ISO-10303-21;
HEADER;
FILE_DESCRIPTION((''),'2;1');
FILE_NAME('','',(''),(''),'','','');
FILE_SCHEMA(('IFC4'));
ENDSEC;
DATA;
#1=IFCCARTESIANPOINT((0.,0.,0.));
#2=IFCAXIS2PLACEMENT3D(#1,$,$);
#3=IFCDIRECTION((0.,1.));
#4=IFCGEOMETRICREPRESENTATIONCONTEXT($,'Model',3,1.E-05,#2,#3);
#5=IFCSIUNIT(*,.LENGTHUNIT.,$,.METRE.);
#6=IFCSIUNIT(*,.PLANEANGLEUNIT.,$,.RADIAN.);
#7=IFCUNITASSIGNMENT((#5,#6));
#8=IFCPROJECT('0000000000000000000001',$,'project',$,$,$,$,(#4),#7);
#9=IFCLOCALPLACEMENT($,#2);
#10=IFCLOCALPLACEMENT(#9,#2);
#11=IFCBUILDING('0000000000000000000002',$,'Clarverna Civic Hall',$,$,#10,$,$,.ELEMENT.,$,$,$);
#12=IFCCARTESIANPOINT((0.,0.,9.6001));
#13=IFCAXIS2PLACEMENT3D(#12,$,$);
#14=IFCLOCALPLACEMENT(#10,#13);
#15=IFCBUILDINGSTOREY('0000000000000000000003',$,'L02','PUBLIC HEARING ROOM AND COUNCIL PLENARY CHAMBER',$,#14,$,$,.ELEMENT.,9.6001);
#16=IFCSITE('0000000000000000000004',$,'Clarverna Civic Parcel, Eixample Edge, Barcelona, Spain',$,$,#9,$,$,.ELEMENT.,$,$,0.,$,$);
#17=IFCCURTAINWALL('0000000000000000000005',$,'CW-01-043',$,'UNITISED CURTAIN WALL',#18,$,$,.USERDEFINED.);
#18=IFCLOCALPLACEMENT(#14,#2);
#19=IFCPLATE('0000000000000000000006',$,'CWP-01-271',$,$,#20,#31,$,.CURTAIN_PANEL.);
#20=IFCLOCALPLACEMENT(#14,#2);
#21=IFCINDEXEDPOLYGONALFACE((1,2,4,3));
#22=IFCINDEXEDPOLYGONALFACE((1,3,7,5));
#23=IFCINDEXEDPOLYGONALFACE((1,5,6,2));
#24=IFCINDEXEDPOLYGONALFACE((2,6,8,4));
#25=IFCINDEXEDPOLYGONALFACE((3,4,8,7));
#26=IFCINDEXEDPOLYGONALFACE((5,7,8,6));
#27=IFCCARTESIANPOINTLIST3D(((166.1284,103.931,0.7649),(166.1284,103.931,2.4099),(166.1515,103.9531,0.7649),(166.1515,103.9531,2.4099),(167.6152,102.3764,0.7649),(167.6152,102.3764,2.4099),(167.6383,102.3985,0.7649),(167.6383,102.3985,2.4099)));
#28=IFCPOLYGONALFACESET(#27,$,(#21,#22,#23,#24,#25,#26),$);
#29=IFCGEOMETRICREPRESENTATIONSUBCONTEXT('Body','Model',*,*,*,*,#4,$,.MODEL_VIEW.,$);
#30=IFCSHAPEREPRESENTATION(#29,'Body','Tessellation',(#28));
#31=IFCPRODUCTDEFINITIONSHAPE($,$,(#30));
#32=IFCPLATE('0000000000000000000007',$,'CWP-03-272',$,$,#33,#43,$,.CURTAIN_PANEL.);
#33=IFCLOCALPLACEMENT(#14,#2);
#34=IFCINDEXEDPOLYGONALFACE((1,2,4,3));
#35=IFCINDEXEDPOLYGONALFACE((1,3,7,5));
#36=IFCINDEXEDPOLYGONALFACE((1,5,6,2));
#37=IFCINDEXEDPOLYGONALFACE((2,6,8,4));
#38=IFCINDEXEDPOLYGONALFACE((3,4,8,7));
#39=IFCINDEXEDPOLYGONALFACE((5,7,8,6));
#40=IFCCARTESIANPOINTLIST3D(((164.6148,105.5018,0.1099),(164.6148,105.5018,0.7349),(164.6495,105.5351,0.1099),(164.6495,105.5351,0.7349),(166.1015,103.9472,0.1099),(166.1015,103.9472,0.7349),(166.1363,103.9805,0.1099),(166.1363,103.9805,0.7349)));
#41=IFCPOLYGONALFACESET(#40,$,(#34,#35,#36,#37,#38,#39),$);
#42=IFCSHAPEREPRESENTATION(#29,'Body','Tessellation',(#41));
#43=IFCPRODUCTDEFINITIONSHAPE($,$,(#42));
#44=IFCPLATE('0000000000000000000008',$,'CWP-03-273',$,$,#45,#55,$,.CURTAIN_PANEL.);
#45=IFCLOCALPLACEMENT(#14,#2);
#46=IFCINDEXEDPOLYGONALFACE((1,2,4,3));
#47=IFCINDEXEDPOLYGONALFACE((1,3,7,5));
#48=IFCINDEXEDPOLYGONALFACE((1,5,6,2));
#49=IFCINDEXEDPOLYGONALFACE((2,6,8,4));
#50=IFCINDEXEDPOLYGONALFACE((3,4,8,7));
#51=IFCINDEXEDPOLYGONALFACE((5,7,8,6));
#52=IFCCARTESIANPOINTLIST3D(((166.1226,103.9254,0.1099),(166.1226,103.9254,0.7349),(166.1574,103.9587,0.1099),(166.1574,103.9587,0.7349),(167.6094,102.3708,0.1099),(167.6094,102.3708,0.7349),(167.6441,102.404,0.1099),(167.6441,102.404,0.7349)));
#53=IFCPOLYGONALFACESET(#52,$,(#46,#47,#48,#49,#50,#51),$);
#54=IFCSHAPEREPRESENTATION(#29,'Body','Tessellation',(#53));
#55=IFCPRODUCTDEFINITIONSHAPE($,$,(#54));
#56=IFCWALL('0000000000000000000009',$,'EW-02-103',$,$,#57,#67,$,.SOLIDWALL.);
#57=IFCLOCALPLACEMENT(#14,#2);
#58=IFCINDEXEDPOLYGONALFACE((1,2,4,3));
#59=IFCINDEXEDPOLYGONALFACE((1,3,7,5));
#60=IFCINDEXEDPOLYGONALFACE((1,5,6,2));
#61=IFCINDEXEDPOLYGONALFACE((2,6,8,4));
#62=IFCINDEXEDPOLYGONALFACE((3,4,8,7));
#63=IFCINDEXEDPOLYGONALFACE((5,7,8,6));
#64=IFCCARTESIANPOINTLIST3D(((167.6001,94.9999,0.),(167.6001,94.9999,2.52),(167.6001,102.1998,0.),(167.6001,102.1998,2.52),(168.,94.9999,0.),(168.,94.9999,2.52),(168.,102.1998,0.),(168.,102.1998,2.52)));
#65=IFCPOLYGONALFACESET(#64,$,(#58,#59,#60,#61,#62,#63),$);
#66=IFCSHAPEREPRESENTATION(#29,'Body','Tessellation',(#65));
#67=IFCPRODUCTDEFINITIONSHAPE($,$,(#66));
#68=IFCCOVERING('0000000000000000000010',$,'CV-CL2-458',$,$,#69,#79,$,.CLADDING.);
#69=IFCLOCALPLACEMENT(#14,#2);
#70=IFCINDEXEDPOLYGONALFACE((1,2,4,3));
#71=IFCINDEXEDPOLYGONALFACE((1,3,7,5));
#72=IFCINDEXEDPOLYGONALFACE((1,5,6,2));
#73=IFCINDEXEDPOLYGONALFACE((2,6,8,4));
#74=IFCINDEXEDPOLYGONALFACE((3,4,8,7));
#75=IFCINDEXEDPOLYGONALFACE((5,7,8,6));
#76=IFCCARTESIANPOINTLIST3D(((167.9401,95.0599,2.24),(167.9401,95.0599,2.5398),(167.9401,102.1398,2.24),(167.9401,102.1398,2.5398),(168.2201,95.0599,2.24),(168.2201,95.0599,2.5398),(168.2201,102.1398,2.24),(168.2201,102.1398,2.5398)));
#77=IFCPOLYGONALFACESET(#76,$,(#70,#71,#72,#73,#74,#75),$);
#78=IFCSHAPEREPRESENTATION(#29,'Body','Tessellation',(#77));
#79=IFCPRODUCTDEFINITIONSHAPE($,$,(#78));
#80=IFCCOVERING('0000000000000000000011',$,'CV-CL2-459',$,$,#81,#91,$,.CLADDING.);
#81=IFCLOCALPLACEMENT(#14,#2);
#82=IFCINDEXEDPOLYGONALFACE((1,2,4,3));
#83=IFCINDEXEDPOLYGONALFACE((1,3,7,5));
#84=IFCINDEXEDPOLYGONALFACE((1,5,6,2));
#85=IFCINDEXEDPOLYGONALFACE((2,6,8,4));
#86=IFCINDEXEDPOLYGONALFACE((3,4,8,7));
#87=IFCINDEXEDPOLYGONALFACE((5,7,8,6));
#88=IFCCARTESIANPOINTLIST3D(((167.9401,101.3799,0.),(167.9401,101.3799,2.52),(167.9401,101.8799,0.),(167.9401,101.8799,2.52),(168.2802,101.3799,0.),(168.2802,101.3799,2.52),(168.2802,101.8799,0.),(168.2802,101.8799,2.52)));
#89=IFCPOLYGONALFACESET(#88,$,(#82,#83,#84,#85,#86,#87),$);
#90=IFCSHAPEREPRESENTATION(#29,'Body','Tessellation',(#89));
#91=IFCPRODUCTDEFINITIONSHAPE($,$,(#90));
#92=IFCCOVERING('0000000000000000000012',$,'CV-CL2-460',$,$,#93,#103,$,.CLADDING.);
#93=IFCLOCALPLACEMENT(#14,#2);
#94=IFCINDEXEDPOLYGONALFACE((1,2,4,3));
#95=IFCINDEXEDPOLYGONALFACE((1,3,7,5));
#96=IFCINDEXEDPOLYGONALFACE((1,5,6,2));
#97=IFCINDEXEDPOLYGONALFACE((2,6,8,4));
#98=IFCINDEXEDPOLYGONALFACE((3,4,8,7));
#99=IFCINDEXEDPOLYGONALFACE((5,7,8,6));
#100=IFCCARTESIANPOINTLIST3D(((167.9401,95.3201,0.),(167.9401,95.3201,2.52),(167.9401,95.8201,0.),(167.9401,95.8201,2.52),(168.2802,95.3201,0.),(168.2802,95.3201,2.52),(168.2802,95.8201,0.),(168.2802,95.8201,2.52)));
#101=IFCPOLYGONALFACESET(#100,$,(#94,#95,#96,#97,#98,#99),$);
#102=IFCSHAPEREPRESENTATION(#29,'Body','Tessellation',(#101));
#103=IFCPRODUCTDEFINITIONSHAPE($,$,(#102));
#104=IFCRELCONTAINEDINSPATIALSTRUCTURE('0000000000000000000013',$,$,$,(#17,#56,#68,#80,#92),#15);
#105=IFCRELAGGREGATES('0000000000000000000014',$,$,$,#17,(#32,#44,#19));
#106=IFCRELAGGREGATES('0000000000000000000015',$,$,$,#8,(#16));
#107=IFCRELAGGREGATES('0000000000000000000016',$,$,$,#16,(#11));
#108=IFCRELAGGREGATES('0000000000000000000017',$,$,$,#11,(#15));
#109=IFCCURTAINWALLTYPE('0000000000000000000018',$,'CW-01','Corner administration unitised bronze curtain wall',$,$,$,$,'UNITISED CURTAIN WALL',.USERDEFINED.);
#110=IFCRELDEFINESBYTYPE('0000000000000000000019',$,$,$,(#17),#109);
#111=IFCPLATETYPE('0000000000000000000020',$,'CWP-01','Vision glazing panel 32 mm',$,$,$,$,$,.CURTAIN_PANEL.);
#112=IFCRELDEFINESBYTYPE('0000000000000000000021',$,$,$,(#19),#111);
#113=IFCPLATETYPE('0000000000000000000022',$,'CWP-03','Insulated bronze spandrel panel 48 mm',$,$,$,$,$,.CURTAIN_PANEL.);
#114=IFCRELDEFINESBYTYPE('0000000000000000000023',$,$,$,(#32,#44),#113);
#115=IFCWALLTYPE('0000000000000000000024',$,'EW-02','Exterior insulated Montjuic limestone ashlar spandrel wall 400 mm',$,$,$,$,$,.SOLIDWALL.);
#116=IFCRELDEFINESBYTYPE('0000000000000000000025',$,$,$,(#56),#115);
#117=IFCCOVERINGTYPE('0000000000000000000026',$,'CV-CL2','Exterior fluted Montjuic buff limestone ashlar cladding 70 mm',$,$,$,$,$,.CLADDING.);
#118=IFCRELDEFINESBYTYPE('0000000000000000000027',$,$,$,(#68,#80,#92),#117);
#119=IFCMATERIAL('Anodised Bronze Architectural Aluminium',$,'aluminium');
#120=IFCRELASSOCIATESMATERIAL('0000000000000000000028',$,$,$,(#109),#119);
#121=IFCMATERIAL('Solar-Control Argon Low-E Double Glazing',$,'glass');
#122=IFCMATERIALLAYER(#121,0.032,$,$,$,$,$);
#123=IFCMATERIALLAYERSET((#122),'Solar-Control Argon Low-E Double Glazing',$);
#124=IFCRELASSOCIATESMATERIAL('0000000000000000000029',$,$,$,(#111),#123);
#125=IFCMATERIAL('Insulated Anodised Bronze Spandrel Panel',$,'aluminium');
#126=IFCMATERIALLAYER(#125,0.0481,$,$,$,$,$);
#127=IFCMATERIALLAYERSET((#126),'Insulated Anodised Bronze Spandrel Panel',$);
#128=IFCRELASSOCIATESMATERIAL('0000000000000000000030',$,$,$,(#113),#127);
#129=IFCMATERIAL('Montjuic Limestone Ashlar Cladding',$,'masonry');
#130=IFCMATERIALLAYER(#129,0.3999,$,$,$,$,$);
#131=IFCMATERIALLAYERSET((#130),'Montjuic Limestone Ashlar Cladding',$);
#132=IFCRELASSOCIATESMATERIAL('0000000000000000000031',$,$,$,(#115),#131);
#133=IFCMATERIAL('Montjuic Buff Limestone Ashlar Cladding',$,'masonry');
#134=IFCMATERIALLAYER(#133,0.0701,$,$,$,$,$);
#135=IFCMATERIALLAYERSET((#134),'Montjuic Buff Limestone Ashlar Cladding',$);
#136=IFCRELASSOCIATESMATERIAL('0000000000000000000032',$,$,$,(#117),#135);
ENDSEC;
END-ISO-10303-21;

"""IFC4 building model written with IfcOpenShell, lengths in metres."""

from ifc_helpers import new_model, si_unit, direction, frame, frame_2d, origin, place, context, subcontext, project, spatial, rectangle, extrude, material, layer, layer_set, type_object, element, aggregate, save


model = new_model("IFC4")

# Units and contexts
model_context = context("Model", 3, precision=1e-05, world=origin(), true_north=direction((0.0, 1.0)))
body_context = subcontext(model_context, "Body", "Model", "MODEL_VIEW")
ifc_project = project(units=[si_unit("LENGTHUNIT", "METRE"), si_unit("PLANEANGLEUNIT", "RADIAN")], contexts=[model_context])

# Site, building, storey
site_placement = place(None, origin())
site = spatial("IfcSite", under=ifc_project, at=site_placement, Name="Clarverna Civic Parcel, Eixample Edge, Barcelona, Spain", CompositionType="ELEMENT", RefElevation=0.0)
building_placement = place(site_placement, origin())
building = spatial("IfcBuilding", under=site, at=building_placement, Name="Clarverna Civic Hall", CompositionType="ELEMENT")
storey_placement = place(building_placement, frame((0.0, 0.0, 9.6001)))
storey = spatial("IfcBuildingStorey", under=building, at=storey_placement, Name="L02", Description="PUBLIC HEARING ROOM AND COUNCIL PLENARY CHAMBER", CompositionType="ELEMENT", Elevation=9.6001)

# Curtain wall, plates
ifc_material_1 = material(Name="Anodised Bronze Architectural Aluminium", Category="aluminium")
curtain_wall_type = type_object("IfcCurtainWallType", Name="CW-01", Description="Corner administration unitised bronze curtain wall", ElementType="UNITISED CURTAIN WALL", PredefinedType="USERDEFINED", material=ifc_material_1)
curtain_wall_placement = place(storey_placement, origin())
curtain_wall = element("IfcCurtainWall", 1, at=curtain_wall_placement, inside=storey, type_object=curtain_wall_type, Name="CW-01-043", ObjectType="UNITISED CURTAIN WALL", PredefinedType="USERDEFINED")
ifc_material_2 = material(Name="Solar-Control Argon Low-E Double Glazing", Category="glass")
ifc_layer_1 = layer(ifc_material_2, 0.032)
ifc_layer_set_1 = layer_set([ifc_layer_1], Name="Solar-Control Argon Low-E Double Glazing")
plate_type_1 = type_object("IfcPlateType", Name="CWP-01", Description="Vision glazing panel 32 mm", PredefinedType="CURTAIN_PANEL", material=ifc_layer_set_1)
plate_1_placement = place(storey_placement, frame((166.1399, 103.9421, 0.7649), z_axis=(0.0, 0.0, 1.0), x_axis=(0.691156, -0.722706, 0.0)))
plate_1 = element("IfcPlate", 2, at=plate_1_placement, type_object=plate_type_1, Name="CWP-01-271", PredefinedType="CURTAIN_PANEL", context=body_context, shape_type="SweptSolid", body=[
    extrude(rectangle(XDim=2.1511, YDim=0.032, at=frame_2d((1.0757, 0.0))), origin(), (0.0, 0.0, 1.0), 1.645),
])
ifc_material_3 = material(Name="Insulated Anodised Bronze Spandrel Panel", Category="aluminium")
ifc_layer_2 = layer(ifc_material_3, 0.0481)
ifc_layer_set_2 = layer_set([ifc_layer_2], Name="Insulated Anodised Bronze Spandrel Panel")
plate_type_2 = type_object("IfcPlateType", Name="CWP-03", Description="Insulated bronze spandrel panel 48 mm", PredefinedType="CURTAIN_PANEL", material=ifc_layer_set_2)
plate_2_placement = place(storey_placement, frame((164.6321, 105.5186, 0.1099), z_axis=(0.0, 0.0, 1.0), x_axis=(0.691156, -0.722706, 0.0)))
plate_2 = element("IfcPlate", 3, at=plate_2_placement, type_object=plate_type_2, Name="CWP-03-272", PredefinedType="CURTAIN_PANEL", context=body_context, shape_type="SweptSolid", body=[
    extrude(rectangle(XDim=2.1511, YDim=0.0481, at=frame_2d((1.0757, 0.0))), origin(), (0.0, 0.0, 1.0), 0.625),
])
plate_3_placement = place(storey_placement, frame((166.1399, 103.9421, 0.1099), z_axis=(0.0, 0.0, 1.0), x_axis=(0.691156, -0.722706, 0.0)))
plate_3 = element("IfcPlate", 4, at=plate_3_placement, type_object=plate_type_2, Name="CWP-03-273", PredefinedType="CURTAIN_PANEL", context=body_context, shape_type="SweptSolid", body=[
    extrude(rectangle(XDim=2.1511, YDim=0.0481, at=frame_2d((1.0757, 0.0))), origin(), (0.0, 0.0, 1.0), 0.625),
])
aggregate(curtain_wall, [plate_2, plate_3, plate_1])

# Wall
ifc_material_4 = material(Name="Montjuic Limestone Ashlar Cladding", Category="masonry")
ifc_layer_3 = layer(ifc_material_4, 0.3999)
ifc_layer_set_3 = layer_set([ifc_layer_3], Name="Montjuic Limestone Ashlar Cladding")
wall_type = type_object("IfcWallType", Name="EW-02", Description="Exterior insulated Montjuic limestone ashlar spandrel wall 400 mm", PredefinedType="SOLIDWALL", material=ifc_layer_set_3)
wall_placement = place(storey_placement, frame((167.8, 102.2, 0.0), z_axis=(0.0, 0.0, 1.0), x_axis=(0.0, -1.0, 0.0)))
element("IfcWall", 5, at=wall_placement, inside=storey, type_object=wall_type, Name="EW-02-103", PredefinedType="SOLIDWALL", context=body_context, shape_type="SweptSolid", body=[
    extrude(rectangle(XDim=7.2, YDim=0.3999, at=frame_2d((3.6001, 0.0))), origin(), (0.0, 0.0, 1.0), 2.52),
])

# Coverings
ifc_material_5 = material(Name="Montjuic Buff Limestone Ashlar Cladding", Category="masonry")
ifc_layer_4 = layer(ifc_material_5, 0.0701)
ifc_layer_set_4 = layer_set([ifc_layer_4], Name="Montjuic Buff Limestone Ashlar Cladding")
covering_type = type_object("IfcCoveringType", Name="CV-CL2", Description="Exterior fluted Montjuic buff limestone ashlar cladding 70 mm", PredefinedType="CLADDING", material=ifc_layer_set_4)
covering_placement = place(storey_placement, frame((168.0801, 102.1399, 2.24), z_axis=(0.0, 0.0, 1.0), x_axis=(0.0, -1.0, 0.0)))
element("IfcCovering", 6, at=covering_placement, inside=storey, type_object=covering_type, Name="CV-CL2-458", PredefinedType="CLADDING", context=body_context, shape_type="SweptSolid", body=[
    extrude(rectangle(XDim=7.0798, YDim=0.28, at=frame_2d((3.54, 0.0))), origin(), (0.0, 0.0, 1.0), 0.2998),
])
for number, where, z_axis, x_axis, name in (
    (7, (168.1101, 101.8799, 0.0), (0.0, 0.0, 1.0), (0.0, -1.0, 0.0), "CV-CL2-459"),
    (8, (168.1101, 95.8201, 0.0), (0.0, 0.0, 1.0), (0.0, -1.0, 0.0), "CV-CL2-460"),
):
    element("IfcCovering", number, at=place(storey_placement, frame(where, z_axis=z_axis, x_axis=x_axis)), inside=storey, type_object=covering_type, Name=name, PredefinedType="CLADDING", context=body_context, shape_type="SweptSolid", body=[
        extrude(rectangle(XDim=0.5, YDim=0.3401, at=frame_2d((0.25, 0.0))), origin(), (0.0, 0.0, 1.0), 2.52),
    ])

save(model, "model.ifc")
